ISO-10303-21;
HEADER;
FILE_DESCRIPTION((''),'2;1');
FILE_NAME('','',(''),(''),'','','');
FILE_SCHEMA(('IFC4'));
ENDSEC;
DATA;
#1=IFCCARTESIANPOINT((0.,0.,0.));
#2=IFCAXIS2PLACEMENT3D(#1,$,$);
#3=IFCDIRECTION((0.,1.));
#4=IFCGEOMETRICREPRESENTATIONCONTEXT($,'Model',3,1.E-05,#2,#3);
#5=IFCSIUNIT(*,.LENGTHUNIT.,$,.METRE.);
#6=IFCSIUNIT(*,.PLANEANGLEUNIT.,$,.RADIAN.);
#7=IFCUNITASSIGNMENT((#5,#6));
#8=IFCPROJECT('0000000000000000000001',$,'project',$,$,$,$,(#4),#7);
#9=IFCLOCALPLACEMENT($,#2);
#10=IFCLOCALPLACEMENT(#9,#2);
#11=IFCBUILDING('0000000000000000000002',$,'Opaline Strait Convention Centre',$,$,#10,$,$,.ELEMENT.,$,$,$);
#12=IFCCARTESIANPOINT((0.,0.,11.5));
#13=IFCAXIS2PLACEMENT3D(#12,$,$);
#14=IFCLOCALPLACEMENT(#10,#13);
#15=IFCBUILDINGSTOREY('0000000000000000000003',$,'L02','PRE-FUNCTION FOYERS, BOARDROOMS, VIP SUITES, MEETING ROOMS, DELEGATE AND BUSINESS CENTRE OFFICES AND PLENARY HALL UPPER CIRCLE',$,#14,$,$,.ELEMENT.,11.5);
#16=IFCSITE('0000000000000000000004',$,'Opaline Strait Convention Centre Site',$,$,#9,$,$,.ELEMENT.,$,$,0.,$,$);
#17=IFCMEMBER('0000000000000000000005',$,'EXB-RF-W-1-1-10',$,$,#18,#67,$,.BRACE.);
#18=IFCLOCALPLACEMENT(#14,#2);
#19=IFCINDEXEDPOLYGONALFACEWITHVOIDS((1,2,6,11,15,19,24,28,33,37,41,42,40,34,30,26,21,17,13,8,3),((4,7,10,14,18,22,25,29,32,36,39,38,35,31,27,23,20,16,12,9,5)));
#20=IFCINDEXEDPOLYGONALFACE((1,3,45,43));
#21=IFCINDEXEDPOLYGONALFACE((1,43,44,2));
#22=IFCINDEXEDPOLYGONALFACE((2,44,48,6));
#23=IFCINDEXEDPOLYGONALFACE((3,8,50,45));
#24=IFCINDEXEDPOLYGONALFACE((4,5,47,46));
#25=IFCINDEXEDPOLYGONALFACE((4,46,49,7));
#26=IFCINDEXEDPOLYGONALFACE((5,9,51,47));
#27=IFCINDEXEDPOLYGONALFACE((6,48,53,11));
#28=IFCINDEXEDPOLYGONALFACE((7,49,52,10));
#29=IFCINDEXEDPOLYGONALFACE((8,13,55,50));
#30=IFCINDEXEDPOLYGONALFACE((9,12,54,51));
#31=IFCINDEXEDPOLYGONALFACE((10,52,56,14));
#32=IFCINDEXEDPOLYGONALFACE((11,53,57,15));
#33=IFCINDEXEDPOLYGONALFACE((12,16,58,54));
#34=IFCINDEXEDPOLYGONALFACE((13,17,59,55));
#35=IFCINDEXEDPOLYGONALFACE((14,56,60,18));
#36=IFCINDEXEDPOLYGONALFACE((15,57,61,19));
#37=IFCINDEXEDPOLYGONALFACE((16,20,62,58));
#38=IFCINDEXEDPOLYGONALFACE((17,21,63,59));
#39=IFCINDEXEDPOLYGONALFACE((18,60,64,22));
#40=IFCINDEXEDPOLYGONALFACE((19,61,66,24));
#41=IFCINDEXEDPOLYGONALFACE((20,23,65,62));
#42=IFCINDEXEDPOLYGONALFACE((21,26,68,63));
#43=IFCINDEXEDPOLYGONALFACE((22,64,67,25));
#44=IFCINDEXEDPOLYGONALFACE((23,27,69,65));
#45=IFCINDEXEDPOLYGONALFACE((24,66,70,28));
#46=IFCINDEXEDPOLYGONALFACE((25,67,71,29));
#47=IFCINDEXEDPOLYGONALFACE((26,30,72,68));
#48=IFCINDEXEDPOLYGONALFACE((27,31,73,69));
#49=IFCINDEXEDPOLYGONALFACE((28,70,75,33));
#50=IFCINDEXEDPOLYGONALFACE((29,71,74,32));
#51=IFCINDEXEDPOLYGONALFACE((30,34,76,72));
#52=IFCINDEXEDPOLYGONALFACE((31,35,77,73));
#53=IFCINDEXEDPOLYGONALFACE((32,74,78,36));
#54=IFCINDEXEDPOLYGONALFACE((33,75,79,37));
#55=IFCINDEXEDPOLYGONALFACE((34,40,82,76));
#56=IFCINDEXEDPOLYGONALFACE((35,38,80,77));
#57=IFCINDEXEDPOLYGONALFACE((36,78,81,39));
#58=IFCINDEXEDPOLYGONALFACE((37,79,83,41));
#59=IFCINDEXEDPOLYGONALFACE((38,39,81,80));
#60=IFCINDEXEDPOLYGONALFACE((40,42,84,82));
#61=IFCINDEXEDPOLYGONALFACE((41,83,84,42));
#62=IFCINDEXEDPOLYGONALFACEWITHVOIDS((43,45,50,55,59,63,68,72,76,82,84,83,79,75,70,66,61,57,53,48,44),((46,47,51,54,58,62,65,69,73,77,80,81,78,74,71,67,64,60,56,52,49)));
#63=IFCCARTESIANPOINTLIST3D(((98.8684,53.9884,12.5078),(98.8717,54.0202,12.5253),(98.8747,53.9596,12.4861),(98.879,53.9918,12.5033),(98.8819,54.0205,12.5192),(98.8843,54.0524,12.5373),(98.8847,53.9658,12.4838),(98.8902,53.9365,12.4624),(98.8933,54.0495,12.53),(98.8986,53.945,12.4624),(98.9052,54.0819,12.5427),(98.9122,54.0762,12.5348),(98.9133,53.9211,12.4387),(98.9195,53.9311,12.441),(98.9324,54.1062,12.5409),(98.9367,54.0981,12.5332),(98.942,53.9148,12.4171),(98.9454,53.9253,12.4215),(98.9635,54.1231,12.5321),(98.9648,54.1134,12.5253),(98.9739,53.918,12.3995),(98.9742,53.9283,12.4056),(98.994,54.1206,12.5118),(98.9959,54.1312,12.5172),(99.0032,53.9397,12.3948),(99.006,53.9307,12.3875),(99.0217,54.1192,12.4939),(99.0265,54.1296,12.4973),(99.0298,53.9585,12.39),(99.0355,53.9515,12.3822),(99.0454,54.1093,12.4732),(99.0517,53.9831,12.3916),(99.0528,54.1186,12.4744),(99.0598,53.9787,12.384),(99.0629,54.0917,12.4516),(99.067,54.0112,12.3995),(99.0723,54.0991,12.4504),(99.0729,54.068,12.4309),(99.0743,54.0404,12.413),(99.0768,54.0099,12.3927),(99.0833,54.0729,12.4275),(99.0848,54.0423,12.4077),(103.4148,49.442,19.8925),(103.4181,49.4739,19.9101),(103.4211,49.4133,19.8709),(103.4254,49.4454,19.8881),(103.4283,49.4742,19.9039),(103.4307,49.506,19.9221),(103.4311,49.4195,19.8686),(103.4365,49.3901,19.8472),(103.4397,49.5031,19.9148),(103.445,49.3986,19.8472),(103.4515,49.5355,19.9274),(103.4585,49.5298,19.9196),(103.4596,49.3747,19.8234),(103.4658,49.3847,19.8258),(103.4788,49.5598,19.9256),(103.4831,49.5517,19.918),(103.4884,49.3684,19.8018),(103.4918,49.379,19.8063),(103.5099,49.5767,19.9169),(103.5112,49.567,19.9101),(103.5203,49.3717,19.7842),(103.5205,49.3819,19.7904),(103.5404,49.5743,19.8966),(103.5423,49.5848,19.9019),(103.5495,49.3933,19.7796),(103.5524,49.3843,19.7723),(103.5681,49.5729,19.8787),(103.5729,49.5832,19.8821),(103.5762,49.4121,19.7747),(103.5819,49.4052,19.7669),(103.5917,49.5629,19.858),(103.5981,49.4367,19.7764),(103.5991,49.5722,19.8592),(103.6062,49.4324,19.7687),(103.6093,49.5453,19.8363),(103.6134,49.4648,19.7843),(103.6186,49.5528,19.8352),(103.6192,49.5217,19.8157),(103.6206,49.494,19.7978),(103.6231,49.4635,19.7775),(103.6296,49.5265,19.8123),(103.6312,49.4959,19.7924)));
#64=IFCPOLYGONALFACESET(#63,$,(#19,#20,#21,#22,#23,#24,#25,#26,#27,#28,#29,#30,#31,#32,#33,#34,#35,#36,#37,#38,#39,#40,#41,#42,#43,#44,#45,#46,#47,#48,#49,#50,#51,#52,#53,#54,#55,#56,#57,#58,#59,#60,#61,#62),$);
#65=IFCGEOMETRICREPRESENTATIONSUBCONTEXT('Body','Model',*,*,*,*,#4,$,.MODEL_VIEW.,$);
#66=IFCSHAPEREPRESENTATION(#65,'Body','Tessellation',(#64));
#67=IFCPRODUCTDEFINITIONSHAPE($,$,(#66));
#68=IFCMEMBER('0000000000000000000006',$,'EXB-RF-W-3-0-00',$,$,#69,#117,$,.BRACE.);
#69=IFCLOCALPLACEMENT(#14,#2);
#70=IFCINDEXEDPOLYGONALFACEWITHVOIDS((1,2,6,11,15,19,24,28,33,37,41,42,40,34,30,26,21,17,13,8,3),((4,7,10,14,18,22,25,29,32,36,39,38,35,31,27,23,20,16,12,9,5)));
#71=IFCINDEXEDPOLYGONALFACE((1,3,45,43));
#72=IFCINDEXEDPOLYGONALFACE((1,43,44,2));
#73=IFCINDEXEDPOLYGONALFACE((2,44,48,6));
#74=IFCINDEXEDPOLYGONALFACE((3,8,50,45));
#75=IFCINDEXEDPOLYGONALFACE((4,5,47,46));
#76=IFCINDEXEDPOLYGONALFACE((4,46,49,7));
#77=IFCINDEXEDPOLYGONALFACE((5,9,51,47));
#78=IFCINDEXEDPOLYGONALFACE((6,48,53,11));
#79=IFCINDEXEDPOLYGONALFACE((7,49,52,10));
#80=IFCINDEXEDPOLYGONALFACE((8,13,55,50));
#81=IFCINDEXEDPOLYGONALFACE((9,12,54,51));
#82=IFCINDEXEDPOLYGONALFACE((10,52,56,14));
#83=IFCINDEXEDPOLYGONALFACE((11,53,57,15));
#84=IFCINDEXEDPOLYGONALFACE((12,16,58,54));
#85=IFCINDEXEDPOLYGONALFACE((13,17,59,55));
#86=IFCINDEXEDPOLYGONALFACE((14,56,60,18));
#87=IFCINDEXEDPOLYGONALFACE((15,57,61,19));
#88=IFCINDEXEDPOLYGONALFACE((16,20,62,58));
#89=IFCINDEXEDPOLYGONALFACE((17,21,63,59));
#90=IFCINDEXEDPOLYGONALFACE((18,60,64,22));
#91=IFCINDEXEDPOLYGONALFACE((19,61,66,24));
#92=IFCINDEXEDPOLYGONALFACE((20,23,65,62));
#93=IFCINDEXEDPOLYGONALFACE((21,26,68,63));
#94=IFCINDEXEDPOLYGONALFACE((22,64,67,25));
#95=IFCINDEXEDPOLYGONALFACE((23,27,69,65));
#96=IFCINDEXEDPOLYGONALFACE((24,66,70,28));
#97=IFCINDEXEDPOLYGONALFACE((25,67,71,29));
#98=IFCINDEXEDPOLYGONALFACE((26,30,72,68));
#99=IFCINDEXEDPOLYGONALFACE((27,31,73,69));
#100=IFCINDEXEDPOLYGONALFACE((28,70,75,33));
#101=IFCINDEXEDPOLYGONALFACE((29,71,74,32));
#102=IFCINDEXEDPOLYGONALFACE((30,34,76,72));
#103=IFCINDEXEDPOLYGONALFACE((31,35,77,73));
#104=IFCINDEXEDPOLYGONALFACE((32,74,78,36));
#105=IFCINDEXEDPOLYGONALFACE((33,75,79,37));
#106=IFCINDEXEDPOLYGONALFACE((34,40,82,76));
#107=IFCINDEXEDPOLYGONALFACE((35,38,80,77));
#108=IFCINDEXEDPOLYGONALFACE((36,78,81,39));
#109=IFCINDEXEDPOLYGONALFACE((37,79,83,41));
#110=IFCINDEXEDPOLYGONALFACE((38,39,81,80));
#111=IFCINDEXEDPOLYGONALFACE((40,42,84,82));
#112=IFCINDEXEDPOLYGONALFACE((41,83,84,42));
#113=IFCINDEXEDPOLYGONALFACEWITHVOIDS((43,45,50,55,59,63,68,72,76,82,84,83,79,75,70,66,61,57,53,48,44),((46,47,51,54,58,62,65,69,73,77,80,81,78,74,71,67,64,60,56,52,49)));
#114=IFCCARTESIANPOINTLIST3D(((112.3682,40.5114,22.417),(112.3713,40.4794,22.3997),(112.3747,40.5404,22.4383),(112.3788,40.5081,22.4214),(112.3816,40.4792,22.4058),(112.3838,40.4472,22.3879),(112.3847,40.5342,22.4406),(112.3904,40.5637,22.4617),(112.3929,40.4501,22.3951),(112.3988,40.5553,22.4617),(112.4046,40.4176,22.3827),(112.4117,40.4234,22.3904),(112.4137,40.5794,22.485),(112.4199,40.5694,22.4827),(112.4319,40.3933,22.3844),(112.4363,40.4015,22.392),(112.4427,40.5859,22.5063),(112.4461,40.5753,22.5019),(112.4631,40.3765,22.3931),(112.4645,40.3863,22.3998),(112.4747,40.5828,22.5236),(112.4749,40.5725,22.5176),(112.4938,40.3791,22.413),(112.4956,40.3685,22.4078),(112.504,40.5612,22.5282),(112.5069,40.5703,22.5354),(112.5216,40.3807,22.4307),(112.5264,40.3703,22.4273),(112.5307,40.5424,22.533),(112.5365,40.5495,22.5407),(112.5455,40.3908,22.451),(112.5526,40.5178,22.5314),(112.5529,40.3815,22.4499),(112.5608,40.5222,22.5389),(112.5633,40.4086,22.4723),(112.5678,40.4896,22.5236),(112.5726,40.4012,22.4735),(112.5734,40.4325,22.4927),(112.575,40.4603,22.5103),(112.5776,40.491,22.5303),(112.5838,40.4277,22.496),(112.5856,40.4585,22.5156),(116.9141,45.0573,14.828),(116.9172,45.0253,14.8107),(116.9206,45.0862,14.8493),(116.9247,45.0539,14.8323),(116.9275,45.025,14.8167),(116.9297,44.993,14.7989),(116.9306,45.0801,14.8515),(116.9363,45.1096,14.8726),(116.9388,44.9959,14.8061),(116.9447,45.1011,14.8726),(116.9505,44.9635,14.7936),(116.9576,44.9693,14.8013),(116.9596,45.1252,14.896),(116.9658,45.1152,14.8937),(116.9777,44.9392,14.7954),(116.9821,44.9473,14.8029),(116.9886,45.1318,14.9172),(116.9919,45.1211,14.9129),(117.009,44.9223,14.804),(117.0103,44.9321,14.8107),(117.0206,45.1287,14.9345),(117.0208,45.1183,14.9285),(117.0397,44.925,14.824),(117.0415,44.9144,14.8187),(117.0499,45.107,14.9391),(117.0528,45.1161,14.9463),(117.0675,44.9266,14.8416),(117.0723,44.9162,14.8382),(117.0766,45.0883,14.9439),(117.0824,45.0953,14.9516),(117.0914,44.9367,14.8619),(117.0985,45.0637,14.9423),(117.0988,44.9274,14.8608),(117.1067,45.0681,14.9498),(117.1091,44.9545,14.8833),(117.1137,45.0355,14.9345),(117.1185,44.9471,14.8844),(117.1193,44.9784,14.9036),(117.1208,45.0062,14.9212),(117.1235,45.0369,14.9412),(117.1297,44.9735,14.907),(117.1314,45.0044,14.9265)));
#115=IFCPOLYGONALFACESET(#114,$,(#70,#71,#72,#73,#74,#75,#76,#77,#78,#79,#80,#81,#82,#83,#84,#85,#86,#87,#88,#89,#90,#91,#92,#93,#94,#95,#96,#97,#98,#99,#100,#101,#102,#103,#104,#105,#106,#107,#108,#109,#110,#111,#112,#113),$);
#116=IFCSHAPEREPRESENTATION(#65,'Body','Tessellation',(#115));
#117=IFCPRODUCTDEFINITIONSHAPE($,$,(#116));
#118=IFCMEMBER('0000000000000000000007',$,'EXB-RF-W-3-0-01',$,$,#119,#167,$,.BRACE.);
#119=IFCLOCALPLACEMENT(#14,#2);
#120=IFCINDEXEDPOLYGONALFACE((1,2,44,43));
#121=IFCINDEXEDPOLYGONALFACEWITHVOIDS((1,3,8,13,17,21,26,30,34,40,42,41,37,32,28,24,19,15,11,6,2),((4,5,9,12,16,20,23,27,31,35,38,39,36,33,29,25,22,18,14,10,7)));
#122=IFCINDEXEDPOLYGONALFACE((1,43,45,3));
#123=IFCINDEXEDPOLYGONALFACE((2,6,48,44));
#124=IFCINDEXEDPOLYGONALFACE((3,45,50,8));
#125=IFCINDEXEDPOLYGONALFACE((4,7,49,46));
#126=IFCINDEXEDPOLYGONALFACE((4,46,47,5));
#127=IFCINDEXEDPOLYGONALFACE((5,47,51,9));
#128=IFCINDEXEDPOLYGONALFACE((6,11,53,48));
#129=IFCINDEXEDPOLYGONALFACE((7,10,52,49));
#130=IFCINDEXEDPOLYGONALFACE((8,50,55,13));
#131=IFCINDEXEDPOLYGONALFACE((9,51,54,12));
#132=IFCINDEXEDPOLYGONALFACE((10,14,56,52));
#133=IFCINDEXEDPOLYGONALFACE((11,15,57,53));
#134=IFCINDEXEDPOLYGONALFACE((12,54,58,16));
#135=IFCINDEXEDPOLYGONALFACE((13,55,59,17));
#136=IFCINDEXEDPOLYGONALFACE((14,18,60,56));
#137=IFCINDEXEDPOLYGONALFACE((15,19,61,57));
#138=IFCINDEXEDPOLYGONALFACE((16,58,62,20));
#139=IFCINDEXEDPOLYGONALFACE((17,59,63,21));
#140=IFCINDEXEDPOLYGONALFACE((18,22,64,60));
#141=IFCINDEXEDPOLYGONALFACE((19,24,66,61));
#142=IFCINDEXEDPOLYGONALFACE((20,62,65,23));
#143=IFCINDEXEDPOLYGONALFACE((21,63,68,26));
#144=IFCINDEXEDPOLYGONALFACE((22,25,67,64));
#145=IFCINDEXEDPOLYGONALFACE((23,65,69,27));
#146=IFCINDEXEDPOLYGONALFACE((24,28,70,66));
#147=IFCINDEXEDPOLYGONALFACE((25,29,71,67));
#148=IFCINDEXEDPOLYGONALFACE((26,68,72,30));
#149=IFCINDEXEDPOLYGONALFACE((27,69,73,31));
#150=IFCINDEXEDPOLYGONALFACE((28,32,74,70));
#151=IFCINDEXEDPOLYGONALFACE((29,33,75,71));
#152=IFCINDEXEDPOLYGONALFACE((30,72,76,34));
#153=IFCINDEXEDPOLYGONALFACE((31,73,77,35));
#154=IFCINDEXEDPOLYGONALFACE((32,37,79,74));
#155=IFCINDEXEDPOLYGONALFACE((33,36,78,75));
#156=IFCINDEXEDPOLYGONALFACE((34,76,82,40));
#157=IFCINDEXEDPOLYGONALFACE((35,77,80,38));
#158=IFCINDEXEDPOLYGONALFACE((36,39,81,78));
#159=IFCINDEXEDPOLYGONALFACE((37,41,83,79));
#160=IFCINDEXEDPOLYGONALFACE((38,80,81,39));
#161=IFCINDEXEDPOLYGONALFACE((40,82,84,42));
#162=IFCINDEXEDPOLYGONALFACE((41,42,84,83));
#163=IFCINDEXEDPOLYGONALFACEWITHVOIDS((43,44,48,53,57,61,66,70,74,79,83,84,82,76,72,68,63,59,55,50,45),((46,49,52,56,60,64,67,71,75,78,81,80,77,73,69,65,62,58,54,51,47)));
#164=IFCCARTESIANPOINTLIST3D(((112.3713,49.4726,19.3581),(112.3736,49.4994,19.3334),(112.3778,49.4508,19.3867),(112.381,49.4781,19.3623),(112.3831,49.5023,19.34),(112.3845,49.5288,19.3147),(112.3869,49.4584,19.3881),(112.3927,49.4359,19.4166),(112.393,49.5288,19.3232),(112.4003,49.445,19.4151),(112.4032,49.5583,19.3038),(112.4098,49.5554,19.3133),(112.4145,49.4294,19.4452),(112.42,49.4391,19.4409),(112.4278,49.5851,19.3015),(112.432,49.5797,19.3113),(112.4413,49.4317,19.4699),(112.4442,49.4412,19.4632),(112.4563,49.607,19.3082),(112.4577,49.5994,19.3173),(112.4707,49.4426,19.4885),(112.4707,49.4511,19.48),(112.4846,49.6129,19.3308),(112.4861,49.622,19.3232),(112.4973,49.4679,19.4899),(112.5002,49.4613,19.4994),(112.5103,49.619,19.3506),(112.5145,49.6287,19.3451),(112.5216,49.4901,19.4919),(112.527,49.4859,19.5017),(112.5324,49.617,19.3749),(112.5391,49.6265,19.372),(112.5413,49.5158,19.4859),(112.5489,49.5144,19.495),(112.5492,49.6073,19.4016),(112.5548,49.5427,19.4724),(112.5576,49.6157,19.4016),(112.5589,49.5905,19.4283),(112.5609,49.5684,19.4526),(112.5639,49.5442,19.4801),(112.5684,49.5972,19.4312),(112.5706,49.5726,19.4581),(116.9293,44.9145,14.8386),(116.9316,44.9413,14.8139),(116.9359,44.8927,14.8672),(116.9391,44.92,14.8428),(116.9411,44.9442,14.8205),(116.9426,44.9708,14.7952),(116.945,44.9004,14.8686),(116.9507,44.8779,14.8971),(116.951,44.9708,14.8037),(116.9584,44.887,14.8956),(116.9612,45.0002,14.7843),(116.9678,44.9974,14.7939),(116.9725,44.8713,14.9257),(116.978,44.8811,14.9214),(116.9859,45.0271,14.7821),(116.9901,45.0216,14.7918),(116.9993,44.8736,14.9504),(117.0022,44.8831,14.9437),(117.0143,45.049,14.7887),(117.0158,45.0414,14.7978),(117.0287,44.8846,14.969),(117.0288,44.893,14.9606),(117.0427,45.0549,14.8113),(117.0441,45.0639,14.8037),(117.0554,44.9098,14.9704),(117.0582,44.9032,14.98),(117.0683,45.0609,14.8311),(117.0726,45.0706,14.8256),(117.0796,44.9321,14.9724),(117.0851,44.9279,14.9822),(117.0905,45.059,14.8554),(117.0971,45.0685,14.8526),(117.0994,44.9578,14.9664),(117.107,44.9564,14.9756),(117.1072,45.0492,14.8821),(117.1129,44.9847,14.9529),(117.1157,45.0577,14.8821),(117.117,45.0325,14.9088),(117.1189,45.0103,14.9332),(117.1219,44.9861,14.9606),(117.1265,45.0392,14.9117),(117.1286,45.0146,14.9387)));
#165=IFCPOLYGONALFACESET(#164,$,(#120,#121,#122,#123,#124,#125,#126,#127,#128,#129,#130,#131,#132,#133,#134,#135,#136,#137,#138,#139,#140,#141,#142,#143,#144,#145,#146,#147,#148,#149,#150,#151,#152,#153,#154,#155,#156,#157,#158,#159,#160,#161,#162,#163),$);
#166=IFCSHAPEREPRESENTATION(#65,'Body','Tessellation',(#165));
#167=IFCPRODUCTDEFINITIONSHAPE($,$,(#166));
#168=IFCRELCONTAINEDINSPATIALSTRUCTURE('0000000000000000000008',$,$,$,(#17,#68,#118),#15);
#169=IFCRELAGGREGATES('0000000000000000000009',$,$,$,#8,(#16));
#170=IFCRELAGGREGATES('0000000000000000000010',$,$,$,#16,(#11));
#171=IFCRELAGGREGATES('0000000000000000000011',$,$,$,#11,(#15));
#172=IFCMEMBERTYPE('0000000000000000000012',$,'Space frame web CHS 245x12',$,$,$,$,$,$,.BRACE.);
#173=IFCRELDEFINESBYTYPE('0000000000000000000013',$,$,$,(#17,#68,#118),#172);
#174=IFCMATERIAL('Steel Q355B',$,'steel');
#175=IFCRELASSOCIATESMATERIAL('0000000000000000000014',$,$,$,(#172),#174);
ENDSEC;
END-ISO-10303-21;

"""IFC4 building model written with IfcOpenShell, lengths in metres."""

from ifc_helpers import new_model, si_unit, direction, frame, origin, origin_2d, place, context, subcontext, project, spatial, hollow_circle, extrude, material, material_profile, profile_set, type_object, element, save


model = new_model("IFC4")

# Units and contexts
model_context = context("Model", 3, precision=1e-05, world=origin(), true_north=direction((0.0, 1.0)))
body_context = subcontext(model_context, "Body", "Model", "MODEL_VIEW")
ifc_project = project(units=[si_unit("LENGTHUNIT", "METRE"), si_unit("PLANEANGLEUNIT", "RADIAN")], contexts=[model_context])

# Site, building, storey
site_placement = place(None, origin())
site = spatial("IfcSite", under=ifc_project, at=site_placement, Name="Opaline Strait Convention Centre Site", CompositionType="ELEMENT", RefElevation=0.0)
building_placement = place(site_placement, origin())
building = spatial("IfcBuilding", under=site, at=building_placement, Name="Opaline Strait Convention Centre", CompositionType="ELEMENT")
storey_placement = place(building_placement, frame((0.0, 0.0, 11.5)))
storey = spatial("IfcBuildingStorey", under=building, at=storey_placement, Name="L02", Description="PRE-FUNCTION FOYERS, BOARDROOMS, VIP SUITES, MEETING ROOMS, DELEGATE AND BUSINESS CENTRE OFFICES AND PLENARY HALL UPPER CIRCLE", CompositionType="ELEMENT", Elevation=11.5)

# Members
ifc_material_1 = material(Name="Steel Q355B", Category="steel")
ifc_material_profile_1 = material_profile(ifc_material_1, hollow_circle(Radius=0.1226, WallThickness=0.012, at=origin_2d()), Name="CHS 245x12")
ifc_profile_set_1 = profile_set([ifc_material_profile_1], Name="Steel Q355B")
member_type_1 = type_object("IfcMemberType", Name="Space frame web CHS 245x12", PredefinedType="BRACE", material=ifc_profile_set_1)
member_1_placement = place(storey_placement, frame((103.5232, 49.4768, 19.8472), z_axis=(-0.464318, 0.464318, -0.754199), x_axis=(-0.707107, -0.707107, 0.0)))
element("IfcMember", 1, at=member_1_placement, inside=storey, type_object=member_type_1, Name="EXB-RF-W-1-1-10", PredefinedType="BRACE", context=body_context, shape_type="SweptSolid", body=[
    extrude(hollow_circle(Radius=0.1226, WallThickness=0.012, at=origin_2d()), origin(), (0.0, 0.0, 1.0), 9.7915),
])
member_2_placement = place(storey_placement, frame((112.4771, 40.4771, 22.4617), z_axis=(0.457053, 0.457053, -0.763023), x_axis=(-0.707107, 0.707107, 0.0)))
element("IfcMember", 2, at=member_2_placement, inside=storey, type_object=member_type_1, Name="EXB-RF-W-3-0-00", PredefinedType="BRACE", context=body_context, shape_type="SweptSolid", body=[
    extrude(hollow_circle(Radius=0.1226, WallThickness=0.012, at=origin_2d()), origin(), (0.0, 0.0, 1.0), 9.946),
])
member_3_placement = place(storey_placement, frame((112.4709, 49.5291, 19.4016), z_axis=(0.578979, -0.578979, -0.574079), x_axis=(0.707107, 0.707107, 0.0)))
element("IfcMember", 3, at=member_3_placement, inside=storey, type_object=member_type_1, Name="EXB-RF-W-3-0-01", PredefinedType="BRACE", context=body_context, shape_type="SweptSolid", body=[
    extrude(hollow_circle(Radius=0.1226, WallThickness=0.012, at=origin_2d()), origin(), (0.0, 0.0, 1.0), 7.8726),
])

save(model, "model.ifc")
